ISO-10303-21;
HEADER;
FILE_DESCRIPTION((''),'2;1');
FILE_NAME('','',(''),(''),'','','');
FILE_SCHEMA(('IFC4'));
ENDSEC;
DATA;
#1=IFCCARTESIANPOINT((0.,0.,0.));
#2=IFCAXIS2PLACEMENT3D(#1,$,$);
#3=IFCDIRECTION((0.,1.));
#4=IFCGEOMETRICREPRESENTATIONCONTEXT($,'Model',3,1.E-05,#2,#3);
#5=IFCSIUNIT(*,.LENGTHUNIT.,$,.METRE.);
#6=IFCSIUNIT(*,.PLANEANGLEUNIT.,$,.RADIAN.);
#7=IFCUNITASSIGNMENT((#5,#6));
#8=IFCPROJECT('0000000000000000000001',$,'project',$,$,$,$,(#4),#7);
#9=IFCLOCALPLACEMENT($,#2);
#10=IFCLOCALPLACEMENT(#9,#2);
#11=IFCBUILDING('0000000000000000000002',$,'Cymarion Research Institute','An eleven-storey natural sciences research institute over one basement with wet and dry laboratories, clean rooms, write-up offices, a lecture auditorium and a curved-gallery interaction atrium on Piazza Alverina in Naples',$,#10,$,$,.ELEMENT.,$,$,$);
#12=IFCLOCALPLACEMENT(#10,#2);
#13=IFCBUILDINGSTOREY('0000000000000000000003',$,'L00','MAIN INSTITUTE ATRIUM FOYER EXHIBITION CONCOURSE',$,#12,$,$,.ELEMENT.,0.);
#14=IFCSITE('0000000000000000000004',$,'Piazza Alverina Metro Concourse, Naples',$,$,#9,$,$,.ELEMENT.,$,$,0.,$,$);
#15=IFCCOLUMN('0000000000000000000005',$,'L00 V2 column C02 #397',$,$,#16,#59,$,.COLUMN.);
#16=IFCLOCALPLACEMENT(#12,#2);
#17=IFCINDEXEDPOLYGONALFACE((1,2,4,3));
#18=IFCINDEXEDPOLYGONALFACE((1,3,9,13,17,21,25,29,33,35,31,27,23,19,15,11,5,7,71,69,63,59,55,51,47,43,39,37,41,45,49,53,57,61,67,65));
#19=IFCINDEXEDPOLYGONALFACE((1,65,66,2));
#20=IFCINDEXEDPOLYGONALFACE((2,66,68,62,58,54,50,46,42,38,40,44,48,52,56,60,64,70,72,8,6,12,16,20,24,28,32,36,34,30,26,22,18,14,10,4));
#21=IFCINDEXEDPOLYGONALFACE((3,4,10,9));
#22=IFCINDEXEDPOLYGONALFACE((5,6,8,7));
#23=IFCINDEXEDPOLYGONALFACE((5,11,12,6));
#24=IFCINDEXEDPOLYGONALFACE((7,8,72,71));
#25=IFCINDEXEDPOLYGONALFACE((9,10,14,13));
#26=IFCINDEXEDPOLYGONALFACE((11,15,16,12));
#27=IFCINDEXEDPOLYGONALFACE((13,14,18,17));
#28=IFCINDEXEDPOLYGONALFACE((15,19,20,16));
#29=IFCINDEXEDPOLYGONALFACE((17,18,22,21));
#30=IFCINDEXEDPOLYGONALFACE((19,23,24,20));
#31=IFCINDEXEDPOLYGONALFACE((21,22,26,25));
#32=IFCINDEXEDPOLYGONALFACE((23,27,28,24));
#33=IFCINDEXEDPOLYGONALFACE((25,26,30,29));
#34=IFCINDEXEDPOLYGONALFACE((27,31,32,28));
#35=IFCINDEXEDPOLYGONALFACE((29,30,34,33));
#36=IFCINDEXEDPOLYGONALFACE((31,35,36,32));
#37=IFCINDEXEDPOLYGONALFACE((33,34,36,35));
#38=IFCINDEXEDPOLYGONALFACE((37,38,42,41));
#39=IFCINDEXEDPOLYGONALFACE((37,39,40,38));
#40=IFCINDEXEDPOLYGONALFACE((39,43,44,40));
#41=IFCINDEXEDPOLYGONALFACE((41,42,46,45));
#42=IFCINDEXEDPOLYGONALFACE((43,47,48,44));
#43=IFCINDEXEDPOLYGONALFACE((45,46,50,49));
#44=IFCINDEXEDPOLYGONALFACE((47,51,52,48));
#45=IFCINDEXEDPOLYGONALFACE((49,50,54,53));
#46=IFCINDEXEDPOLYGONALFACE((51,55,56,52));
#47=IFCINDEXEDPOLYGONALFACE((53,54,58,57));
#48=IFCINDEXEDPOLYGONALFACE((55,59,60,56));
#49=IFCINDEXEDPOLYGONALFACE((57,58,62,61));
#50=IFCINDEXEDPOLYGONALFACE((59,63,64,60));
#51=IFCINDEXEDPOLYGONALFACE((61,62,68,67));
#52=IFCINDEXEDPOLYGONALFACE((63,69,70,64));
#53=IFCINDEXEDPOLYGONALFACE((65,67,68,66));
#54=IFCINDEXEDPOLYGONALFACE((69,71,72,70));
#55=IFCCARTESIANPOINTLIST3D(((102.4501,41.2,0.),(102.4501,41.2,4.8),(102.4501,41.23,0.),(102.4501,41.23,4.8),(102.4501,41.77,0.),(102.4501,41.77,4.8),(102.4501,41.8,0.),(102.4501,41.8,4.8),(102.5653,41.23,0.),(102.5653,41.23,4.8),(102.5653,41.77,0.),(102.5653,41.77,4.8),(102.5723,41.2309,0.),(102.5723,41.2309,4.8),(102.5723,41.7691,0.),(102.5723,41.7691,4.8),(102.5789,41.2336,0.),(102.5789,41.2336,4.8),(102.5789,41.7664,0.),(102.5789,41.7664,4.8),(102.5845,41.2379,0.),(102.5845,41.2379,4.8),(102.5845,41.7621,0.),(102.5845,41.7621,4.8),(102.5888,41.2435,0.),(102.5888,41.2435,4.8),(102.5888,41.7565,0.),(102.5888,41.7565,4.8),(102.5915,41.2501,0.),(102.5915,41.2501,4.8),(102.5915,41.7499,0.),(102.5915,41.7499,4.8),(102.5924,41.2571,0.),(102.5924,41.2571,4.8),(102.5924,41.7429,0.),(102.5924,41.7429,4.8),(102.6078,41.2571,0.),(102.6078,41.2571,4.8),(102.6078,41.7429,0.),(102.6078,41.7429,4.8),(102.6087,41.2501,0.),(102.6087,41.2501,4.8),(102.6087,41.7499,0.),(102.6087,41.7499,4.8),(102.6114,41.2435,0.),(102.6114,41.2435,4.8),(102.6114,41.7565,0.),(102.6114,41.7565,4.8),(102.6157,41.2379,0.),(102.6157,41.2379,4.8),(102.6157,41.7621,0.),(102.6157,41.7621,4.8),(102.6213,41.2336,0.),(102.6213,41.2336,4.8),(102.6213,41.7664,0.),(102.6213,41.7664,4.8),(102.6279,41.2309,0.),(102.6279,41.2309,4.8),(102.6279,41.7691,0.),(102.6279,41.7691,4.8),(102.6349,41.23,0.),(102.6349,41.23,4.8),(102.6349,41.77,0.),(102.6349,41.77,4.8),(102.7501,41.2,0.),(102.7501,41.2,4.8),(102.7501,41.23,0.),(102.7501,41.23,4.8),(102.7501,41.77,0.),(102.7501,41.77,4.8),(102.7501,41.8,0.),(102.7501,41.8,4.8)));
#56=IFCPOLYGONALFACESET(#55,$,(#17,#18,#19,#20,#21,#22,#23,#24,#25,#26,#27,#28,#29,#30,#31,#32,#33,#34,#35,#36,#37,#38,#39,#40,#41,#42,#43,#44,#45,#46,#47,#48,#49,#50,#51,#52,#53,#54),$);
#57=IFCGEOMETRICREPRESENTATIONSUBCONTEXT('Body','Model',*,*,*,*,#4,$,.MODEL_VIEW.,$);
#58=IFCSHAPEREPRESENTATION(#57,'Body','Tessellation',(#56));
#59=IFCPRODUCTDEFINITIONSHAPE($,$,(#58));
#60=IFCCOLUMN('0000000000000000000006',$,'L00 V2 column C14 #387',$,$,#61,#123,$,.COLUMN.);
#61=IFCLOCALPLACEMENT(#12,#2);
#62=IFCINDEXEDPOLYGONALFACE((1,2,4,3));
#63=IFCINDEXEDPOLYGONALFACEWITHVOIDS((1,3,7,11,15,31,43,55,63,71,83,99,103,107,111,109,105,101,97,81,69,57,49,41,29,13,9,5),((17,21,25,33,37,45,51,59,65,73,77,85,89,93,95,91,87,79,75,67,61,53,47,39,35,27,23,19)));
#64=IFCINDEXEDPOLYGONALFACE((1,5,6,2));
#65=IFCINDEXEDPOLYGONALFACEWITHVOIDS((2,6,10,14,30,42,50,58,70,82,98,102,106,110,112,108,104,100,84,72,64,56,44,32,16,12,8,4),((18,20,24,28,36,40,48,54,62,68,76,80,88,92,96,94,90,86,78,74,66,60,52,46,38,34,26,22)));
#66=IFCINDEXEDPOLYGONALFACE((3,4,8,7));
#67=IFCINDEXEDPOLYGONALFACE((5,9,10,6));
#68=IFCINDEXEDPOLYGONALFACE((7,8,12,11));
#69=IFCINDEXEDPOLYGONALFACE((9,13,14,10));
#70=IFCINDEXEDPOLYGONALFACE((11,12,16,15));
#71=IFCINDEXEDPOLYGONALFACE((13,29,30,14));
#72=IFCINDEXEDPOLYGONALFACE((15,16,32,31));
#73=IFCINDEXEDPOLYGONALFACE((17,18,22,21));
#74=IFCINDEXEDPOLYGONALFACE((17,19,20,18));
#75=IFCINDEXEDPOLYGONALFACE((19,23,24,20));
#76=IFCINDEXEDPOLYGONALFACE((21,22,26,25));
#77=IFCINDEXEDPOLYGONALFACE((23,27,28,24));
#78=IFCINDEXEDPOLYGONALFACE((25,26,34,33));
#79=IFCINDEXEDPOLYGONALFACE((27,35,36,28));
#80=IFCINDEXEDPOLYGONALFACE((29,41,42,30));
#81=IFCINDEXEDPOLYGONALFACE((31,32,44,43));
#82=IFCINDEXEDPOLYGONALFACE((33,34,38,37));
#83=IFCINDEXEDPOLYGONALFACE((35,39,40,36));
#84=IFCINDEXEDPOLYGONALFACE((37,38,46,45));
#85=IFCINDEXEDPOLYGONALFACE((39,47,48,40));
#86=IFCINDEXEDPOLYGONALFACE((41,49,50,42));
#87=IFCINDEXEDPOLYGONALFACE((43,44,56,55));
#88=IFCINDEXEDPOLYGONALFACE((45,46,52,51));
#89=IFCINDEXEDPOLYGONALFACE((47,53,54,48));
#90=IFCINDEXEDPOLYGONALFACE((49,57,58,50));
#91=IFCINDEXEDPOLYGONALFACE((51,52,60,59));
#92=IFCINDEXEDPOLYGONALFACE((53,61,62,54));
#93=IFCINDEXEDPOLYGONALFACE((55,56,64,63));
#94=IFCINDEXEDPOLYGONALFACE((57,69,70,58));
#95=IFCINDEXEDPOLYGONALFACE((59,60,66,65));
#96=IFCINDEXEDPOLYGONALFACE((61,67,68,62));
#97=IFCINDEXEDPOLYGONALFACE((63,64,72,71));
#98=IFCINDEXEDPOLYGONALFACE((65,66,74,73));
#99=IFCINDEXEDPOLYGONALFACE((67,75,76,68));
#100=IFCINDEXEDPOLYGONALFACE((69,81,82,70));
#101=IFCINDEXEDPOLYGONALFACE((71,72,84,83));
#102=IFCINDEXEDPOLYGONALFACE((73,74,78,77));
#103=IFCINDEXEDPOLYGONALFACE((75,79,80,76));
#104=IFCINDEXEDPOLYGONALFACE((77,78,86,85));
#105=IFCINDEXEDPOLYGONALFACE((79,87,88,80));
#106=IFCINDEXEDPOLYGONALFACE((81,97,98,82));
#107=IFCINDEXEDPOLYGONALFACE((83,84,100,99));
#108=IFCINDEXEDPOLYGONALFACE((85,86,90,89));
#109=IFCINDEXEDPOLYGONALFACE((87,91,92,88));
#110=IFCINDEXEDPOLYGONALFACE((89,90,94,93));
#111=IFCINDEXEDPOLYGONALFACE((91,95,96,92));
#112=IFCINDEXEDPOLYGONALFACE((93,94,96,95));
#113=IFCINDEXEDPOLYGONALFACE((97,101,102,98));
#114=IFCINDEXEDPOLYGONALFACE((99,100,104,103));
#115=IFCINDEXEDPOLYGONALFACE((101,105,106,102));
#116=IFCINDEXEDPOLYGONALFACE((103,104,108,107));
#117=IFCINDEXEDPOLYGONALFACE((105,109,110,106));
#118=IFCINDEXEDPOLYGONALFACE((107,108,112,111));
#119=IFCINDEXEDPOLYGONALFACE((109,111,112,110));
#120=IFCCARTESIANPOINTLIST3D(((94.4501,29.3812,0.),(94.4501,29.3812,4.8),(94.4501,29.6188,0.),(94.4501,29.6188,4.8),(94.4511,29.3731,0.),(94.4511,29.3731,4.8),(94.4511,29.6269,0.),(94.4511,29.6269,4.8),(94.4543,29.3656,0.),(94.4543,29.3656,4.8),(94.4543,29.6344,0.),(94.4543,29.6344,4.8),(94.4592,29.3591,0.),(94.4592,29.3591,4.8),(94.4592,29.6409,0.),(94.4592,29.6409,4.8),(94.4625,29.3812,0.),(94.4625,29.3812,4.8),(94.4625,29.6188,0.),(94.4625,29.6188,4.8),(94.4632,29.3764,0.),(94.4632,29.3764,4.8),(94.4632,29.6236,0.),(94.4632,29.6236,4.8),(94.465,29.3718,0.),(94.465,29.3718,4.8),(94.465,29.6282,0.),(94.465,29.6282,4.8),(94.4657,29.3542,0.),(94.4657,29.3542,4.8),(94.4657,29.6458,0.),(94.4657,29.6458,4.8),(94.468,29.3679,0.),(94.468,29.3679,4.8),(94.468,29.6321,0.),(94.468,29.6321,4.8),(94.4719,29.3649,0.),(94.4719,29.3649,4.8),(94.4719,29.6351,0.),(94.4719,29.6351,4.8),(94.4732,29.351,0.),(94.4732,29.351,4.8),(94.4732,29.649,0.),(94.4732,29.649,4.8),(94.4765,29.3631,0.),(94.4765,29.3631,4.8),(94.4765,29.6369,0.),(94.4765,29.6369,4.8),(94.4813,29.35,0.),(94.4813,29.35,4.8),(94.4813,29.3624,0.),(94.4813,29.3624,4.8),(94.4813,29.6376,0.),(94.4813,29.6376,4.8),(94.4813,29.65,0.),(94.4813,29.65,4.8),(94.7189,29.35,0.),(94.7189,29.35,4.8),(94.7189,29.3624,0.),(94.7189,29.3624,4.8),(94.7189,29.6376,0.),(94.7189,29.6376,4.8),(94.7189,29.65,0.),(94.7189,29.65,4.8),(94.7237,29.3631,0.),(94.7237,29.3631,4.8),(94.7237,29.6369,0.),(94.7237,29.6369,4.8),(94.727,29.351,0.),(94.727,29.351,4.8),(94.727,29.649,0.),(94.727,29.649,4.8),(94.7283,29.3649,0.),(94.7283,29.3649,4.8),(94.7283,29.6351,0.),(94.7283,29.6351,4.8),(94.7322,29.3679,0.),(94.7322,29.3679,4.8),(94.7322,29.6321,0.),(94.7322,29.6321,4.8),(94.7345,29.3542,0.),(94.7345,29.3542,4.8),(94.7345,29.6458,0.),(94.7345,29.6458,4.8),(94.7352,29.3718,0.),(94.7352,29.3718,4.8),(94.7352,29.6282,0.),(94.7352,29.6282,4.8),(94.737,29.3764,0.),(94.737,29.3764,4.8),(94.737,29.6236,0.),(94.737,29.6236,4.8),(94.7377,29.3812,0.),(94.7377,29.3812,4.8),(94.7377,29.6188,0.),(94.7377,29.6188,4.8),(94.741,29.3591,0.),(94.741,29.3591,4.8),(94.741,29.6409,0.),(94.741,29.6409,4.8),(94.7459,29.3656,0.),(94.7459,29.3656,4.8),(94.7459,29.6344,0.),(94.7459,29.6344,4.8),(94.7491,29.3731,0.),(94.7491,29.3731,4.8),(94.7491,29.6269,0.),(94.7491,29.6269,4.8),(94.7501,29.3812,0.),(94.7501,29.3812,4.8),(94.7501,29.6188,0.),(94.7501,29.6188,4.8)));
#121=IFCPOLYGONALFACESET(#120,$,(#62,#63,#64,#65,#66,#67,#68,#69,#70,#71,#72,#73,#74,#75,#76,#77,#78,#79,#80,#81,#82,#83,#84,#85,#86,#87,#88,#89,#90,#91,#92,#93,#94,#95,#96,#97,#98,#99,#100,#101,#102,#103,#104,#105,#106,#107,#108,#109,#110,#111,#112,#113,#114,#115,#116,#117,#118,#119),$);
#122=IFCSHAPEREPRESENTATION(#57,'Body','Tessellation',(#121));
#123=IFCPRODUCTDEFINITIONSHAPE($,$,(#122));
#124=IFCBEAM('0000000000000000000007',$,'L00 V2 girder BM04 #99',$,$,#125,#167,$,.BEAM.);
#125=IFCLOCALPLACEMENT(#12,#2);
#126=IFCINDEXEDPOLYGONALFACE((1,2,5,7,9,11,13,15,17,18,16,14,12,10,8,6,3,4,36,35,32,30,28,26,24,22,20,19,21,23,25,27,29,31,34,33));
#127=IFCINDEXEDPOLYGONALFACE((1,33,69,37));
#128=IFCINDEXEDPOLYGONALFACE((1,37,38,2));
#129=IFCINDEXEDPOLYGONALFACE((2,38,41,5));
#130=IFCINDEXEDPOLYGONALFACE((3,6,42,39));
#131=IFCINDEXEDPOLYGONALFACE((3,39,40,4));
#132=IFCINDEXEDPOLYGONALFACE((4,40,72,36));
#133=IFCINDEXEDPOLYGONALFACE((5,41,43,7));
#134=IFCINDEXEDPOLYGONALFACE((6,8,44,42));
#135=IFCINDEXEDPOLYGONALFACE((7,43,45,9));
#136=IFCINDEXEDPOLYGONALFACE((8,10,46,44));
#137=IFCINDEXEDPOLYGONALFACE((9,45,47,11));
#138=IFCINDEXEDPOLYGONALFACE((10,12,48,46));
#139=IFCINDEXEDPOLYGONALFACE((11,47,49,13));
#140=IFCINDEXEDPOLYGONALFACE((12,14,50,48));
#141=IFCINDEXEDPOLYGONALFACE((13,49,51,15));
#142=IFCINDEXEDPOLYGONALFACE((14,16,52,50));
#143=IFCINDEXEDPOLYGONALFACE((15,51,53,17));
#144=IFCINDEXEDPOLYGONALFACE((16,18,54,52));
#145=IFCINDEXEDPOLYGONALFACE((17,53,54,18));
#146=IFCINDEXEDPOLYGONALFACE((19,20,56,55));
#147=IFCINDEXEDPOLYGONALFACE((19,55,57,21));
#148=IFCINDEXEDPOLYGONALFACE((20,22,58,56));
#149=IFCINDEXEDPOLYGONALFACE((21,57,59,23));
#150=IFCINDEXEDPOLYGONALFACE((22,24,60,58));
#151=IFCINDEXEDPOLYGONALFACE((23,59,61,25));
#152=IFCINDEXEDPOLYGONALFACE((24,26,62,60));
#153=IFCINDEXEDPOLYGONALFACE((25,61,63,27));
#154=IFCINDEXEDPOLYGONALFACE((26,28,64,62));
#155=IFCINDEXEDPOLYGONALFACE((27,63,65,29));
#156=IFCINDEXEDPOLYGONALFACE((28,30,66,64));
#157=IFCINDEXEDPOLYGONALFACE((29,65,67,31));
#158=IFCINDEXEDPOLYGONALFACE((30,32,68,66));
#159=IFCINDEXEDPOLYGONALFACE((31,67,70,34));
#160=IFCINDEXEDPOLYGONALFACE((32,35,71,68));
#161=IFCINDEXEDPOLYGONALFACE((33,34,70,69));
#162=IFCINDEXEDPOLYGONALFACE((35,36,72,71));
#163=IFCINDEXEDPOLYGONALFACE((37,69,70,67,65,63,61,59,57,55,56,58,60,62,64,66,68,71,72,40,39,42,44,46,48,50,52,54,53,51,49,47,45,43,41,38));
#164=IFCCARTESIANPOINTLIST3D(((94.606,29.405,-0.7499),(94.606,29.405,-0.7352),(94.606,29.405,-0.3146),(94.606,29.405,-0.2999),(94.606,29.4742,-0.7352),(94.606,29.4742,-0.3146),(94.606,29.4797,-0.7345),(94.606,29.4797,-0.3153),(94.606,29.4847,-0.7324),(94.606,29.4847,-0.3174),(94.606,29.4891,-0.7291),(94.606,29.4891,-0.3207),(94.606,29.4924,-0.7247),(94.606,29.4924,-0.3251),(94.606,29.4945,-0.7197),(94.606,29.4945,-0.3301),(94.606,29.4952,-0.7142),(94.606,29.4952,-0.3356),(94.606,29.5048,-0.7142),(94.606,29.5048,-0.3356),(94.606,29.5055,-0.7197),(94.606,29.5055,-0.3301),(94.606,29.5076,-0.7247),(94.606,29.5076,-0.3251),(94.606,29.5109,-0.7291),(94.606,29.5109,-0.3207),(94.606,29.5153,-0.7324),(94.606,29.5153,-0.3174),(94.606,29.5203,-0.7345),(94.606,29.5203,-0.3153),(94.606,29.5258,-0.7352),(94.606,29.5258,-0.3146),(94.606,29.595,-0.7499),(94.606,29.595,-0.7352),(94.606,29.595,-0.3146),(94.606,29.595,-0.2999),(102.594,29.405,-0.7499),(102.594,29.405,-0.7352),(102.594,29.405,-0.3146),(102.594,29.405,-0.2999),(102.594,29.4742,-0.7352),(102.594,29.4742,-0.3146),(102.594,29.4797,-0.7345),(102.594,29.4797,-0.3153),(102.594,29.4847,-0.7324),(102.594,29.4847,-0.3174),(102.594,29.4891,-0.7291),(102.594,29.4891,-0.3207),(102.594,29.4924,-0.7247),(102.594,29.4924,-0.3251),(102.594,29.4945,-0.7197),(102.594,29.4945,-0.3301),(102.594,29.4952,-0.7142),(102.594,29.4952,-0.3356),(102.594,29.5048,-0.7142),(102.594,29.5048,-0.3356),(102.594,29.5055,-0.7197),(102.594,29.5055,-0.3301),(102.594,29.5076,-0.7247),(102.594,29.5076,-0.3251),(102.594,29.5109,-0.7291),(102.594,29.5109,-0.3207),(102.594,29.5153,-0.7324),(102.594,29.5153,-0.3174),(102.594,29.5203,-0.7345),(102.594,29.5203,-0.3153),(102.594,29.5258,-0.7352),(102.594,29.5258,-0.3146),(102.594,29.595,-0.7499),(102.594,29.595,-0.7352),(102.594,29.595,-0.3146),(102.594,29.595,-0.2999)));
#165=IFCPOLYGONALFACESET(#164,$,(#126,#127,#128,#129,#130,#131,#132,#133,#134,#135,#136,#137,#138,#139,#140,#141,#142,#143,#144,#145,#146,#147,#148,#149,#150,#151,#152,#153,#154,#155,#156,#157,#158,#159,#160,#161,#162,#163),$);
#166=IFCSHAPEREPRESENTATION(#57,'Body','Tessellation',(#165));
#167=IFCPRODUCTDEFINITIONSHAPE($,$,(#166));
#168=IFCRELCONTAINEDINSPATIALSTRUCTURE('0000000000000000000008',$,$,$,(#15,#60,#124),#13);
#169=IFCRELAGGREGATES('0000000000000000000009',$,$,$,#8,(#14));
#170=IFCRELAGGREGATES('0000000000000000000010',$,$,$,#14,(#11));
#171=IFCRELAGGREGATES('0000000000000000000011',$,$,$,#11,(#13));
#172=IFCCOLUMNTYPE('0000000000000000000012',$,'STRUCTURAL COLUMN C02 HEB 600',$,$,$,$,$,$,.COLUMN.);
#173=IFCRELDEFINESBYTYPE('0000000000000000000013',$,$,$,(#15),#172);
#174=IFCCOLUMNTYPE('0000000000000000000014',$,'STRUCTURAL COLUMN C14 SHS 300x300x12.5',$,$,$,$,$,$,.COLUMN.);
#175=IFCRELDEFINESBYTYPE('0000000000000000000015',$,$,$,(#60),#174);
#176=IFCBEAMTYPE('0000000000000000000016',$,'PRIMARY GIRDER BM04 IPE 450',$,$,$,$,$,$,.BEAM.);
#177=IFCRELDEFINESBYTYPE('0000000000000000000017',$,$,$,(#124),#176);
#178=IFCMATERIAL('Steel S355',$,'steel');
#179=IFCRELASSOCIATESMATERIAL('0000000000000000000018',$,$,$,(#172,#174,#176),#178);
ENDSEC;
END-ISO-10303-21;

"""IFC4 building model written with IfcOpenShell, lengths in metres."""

from ifc_helpers import new_model, si_unit, direction, frame, origin, origin_2d, place, context, subcontext, project, spatial, hollow_rectangle, i_section, extrude, material, material_profile, profile_set, type_object, element, save


model = new_model("IFC4")

# Units and contexts
model_context = context("Model", 3, precision=1e-05, world=origin(), true_north=direction((0.0, 1.0)))
body_context = subcontext(model_context, "Body", "Model", "MODEL_VIEW")
ifc_project = project(units=[si_unit("LENGTHUNIT", "METRE"), si_unit("PLANEANGLEUNIT", "RADIAN")], contexts=[model_context])

# Site, building, storey
site_placement = place(None, origin())
site = spatial("IfcSite", under=ifc_project, at=site_placement, Name="Piazza Alverina Metro Concourse, Naples", CompositionType="ELEMENT", RefElevation=0.0)
building_placement = place(site_placement, origin())
building = spatial("IfcBuilding", under=site, at=building_placement, Name="Cymarion Research Institute", Description="An eleven-storey natural sciences research institute over one basement with wet and dry laboratories, clean rooms, write-up offices, a lecture auditorium and a curved-gallery interaction atrium on Piazza Alverina in Naples", CompositionType="ELEMENT")
storey_placement = place(building_placement, origin())
storey = spatial("IfcBuildingStorey", under=building, at=storey_placement, Name="L00", Description="MAIN INSTITUTE ATRIUM FOYER EXHIBITION CONCOURSE", CompositionType="ELEMENT", Elevation=0.0)

# Columns
ifc_material_1 = material(Name="Steel S355", Category="steel")
ifc_material_profile_1 = material_profile(ifc_material_1, i_section(OverallWidth=0.3, OverallDepth=0.6001, WebThickness=0.0154, FlangeThickness=0.03, FilletRadius=0.0271, at=origin_2d()), Name="HEB 600")
ifc_profile_set_1 = profile_set([ifc_material_profile_1], Name="Steel S355")
column_type_1 = type_object("IfcColumnType", Name="STRUCTURAL COLUMN C02 HEB 600", PredefinedType="COLUMN", material=ifc_profile_set_1)
for number, where, z_axis, x_axis, name in (
    (1, (102.6001, 41.5, 0.0), (0.0, 0.0, 1.0), (1.0, 0.0, 0.0), "L00 V2 column C02 #397"),
):
    element("IfcColumn", number, at=place(storey_placement, frame(where, z_axis=z_axis, x_axis=x_axis)), inside=storey, type_object=column_type_1, Name=name, PredefinedType="COLUMN", context=body_context, shape_type="SweptSolid", body=[
        extrude(i_section(OverallWidth=0.3, OverallDepth=0.6001, WebThickness=0.0154, FlangeThickness=0.03, FilletRadius=0.0271, at=origin_2d()), origin(), (0.0, 0.0, 1.0), 4.8),
    ])
ifc_material_profile_2 = material_profile(ifc_material_1, hollow_rectangle(XDim=0.3, YDim=0.3, WallThickness=0.0125, InnerFilletRadius=0.0188, OuterFilletRadius=0.0312, at=origin_2d()), Name="SHS 300x300x12.5")
ifc_profile_set_2 = profile_set([ifc_material_profile_2], Name="Steel S355")
column_type_2 = type_object("IfcColumnType", Name="STRUCTURAL COLUMN C14 SHS 300x300x12.5", PredefinedType="COLUMN", material=ifc_profile_set_2)
column_placement = place(storey_placement, frame((94.6001, 29.5, 0.0), z_axis=(0.0, 0.0, 1.0), x_axis=(1.0, 0.0, 0.0)))
element("IfcColumn", 2, at=column_placement, inside=storey, type_object=column_type_2, Name="L00 V2 column C14 #387", PredefinedType="COLUMN", context=body_context, shape_type="SweptSolid", body=[
    extrude(hollow_rectangle(XDim=0.3, YDim=0.3, WallThickness=0.0125, InnerFilletRadius=0.0188, OuterFilletRadius=0.0312, at=origin_2d()), origin(), (0.0, 0.0, 1.0), 4.8),
])

# Beam
ifc_material_profile_3 = material_profile(ifc_material_1, i_section(OverallWidth=0.1899, OverallDepth=0.45, WebThickness=0.0095, FlangeThickness=0.0146, FilletRadius=0.021, at=origin_2d()), Name="IPE 450")
ifc_profile_set_3 = profile_set([ifc_material_profile_3], Name="Steel S355")
beam_type_1 = type_object("IfcBeamType", Name="PRIMARY GIRDER BM04 IPE 450", PredefinedType="BEAM", material=ifc_profile_set_3)
beam_placement = place(storey_placement, frame((94.606, 29.5, -0.5249), z_axis=(1.0, 0.0, 0.0), x_axis=(0.0, 1.0, 0.0)))
element("IfcBeam", 3, at=beam_placement, inside=storey, type_object=beam_type_1, Name="L00 V2 girder BM04 #99", PredefinedType="BEAM", context=body_context, shape_type="SweptSolid", body=[
    extrude(i_section(OverallWidth=0.1899, OverallDepth=0.45, WebThickness=0.0095, FlangeThickness=0.0146, FilletRadius=0.021, at=origin_2d()), origin(), (0.0, 0.0, 1.0), 7.988),
])

save(model, "model.ifc")
